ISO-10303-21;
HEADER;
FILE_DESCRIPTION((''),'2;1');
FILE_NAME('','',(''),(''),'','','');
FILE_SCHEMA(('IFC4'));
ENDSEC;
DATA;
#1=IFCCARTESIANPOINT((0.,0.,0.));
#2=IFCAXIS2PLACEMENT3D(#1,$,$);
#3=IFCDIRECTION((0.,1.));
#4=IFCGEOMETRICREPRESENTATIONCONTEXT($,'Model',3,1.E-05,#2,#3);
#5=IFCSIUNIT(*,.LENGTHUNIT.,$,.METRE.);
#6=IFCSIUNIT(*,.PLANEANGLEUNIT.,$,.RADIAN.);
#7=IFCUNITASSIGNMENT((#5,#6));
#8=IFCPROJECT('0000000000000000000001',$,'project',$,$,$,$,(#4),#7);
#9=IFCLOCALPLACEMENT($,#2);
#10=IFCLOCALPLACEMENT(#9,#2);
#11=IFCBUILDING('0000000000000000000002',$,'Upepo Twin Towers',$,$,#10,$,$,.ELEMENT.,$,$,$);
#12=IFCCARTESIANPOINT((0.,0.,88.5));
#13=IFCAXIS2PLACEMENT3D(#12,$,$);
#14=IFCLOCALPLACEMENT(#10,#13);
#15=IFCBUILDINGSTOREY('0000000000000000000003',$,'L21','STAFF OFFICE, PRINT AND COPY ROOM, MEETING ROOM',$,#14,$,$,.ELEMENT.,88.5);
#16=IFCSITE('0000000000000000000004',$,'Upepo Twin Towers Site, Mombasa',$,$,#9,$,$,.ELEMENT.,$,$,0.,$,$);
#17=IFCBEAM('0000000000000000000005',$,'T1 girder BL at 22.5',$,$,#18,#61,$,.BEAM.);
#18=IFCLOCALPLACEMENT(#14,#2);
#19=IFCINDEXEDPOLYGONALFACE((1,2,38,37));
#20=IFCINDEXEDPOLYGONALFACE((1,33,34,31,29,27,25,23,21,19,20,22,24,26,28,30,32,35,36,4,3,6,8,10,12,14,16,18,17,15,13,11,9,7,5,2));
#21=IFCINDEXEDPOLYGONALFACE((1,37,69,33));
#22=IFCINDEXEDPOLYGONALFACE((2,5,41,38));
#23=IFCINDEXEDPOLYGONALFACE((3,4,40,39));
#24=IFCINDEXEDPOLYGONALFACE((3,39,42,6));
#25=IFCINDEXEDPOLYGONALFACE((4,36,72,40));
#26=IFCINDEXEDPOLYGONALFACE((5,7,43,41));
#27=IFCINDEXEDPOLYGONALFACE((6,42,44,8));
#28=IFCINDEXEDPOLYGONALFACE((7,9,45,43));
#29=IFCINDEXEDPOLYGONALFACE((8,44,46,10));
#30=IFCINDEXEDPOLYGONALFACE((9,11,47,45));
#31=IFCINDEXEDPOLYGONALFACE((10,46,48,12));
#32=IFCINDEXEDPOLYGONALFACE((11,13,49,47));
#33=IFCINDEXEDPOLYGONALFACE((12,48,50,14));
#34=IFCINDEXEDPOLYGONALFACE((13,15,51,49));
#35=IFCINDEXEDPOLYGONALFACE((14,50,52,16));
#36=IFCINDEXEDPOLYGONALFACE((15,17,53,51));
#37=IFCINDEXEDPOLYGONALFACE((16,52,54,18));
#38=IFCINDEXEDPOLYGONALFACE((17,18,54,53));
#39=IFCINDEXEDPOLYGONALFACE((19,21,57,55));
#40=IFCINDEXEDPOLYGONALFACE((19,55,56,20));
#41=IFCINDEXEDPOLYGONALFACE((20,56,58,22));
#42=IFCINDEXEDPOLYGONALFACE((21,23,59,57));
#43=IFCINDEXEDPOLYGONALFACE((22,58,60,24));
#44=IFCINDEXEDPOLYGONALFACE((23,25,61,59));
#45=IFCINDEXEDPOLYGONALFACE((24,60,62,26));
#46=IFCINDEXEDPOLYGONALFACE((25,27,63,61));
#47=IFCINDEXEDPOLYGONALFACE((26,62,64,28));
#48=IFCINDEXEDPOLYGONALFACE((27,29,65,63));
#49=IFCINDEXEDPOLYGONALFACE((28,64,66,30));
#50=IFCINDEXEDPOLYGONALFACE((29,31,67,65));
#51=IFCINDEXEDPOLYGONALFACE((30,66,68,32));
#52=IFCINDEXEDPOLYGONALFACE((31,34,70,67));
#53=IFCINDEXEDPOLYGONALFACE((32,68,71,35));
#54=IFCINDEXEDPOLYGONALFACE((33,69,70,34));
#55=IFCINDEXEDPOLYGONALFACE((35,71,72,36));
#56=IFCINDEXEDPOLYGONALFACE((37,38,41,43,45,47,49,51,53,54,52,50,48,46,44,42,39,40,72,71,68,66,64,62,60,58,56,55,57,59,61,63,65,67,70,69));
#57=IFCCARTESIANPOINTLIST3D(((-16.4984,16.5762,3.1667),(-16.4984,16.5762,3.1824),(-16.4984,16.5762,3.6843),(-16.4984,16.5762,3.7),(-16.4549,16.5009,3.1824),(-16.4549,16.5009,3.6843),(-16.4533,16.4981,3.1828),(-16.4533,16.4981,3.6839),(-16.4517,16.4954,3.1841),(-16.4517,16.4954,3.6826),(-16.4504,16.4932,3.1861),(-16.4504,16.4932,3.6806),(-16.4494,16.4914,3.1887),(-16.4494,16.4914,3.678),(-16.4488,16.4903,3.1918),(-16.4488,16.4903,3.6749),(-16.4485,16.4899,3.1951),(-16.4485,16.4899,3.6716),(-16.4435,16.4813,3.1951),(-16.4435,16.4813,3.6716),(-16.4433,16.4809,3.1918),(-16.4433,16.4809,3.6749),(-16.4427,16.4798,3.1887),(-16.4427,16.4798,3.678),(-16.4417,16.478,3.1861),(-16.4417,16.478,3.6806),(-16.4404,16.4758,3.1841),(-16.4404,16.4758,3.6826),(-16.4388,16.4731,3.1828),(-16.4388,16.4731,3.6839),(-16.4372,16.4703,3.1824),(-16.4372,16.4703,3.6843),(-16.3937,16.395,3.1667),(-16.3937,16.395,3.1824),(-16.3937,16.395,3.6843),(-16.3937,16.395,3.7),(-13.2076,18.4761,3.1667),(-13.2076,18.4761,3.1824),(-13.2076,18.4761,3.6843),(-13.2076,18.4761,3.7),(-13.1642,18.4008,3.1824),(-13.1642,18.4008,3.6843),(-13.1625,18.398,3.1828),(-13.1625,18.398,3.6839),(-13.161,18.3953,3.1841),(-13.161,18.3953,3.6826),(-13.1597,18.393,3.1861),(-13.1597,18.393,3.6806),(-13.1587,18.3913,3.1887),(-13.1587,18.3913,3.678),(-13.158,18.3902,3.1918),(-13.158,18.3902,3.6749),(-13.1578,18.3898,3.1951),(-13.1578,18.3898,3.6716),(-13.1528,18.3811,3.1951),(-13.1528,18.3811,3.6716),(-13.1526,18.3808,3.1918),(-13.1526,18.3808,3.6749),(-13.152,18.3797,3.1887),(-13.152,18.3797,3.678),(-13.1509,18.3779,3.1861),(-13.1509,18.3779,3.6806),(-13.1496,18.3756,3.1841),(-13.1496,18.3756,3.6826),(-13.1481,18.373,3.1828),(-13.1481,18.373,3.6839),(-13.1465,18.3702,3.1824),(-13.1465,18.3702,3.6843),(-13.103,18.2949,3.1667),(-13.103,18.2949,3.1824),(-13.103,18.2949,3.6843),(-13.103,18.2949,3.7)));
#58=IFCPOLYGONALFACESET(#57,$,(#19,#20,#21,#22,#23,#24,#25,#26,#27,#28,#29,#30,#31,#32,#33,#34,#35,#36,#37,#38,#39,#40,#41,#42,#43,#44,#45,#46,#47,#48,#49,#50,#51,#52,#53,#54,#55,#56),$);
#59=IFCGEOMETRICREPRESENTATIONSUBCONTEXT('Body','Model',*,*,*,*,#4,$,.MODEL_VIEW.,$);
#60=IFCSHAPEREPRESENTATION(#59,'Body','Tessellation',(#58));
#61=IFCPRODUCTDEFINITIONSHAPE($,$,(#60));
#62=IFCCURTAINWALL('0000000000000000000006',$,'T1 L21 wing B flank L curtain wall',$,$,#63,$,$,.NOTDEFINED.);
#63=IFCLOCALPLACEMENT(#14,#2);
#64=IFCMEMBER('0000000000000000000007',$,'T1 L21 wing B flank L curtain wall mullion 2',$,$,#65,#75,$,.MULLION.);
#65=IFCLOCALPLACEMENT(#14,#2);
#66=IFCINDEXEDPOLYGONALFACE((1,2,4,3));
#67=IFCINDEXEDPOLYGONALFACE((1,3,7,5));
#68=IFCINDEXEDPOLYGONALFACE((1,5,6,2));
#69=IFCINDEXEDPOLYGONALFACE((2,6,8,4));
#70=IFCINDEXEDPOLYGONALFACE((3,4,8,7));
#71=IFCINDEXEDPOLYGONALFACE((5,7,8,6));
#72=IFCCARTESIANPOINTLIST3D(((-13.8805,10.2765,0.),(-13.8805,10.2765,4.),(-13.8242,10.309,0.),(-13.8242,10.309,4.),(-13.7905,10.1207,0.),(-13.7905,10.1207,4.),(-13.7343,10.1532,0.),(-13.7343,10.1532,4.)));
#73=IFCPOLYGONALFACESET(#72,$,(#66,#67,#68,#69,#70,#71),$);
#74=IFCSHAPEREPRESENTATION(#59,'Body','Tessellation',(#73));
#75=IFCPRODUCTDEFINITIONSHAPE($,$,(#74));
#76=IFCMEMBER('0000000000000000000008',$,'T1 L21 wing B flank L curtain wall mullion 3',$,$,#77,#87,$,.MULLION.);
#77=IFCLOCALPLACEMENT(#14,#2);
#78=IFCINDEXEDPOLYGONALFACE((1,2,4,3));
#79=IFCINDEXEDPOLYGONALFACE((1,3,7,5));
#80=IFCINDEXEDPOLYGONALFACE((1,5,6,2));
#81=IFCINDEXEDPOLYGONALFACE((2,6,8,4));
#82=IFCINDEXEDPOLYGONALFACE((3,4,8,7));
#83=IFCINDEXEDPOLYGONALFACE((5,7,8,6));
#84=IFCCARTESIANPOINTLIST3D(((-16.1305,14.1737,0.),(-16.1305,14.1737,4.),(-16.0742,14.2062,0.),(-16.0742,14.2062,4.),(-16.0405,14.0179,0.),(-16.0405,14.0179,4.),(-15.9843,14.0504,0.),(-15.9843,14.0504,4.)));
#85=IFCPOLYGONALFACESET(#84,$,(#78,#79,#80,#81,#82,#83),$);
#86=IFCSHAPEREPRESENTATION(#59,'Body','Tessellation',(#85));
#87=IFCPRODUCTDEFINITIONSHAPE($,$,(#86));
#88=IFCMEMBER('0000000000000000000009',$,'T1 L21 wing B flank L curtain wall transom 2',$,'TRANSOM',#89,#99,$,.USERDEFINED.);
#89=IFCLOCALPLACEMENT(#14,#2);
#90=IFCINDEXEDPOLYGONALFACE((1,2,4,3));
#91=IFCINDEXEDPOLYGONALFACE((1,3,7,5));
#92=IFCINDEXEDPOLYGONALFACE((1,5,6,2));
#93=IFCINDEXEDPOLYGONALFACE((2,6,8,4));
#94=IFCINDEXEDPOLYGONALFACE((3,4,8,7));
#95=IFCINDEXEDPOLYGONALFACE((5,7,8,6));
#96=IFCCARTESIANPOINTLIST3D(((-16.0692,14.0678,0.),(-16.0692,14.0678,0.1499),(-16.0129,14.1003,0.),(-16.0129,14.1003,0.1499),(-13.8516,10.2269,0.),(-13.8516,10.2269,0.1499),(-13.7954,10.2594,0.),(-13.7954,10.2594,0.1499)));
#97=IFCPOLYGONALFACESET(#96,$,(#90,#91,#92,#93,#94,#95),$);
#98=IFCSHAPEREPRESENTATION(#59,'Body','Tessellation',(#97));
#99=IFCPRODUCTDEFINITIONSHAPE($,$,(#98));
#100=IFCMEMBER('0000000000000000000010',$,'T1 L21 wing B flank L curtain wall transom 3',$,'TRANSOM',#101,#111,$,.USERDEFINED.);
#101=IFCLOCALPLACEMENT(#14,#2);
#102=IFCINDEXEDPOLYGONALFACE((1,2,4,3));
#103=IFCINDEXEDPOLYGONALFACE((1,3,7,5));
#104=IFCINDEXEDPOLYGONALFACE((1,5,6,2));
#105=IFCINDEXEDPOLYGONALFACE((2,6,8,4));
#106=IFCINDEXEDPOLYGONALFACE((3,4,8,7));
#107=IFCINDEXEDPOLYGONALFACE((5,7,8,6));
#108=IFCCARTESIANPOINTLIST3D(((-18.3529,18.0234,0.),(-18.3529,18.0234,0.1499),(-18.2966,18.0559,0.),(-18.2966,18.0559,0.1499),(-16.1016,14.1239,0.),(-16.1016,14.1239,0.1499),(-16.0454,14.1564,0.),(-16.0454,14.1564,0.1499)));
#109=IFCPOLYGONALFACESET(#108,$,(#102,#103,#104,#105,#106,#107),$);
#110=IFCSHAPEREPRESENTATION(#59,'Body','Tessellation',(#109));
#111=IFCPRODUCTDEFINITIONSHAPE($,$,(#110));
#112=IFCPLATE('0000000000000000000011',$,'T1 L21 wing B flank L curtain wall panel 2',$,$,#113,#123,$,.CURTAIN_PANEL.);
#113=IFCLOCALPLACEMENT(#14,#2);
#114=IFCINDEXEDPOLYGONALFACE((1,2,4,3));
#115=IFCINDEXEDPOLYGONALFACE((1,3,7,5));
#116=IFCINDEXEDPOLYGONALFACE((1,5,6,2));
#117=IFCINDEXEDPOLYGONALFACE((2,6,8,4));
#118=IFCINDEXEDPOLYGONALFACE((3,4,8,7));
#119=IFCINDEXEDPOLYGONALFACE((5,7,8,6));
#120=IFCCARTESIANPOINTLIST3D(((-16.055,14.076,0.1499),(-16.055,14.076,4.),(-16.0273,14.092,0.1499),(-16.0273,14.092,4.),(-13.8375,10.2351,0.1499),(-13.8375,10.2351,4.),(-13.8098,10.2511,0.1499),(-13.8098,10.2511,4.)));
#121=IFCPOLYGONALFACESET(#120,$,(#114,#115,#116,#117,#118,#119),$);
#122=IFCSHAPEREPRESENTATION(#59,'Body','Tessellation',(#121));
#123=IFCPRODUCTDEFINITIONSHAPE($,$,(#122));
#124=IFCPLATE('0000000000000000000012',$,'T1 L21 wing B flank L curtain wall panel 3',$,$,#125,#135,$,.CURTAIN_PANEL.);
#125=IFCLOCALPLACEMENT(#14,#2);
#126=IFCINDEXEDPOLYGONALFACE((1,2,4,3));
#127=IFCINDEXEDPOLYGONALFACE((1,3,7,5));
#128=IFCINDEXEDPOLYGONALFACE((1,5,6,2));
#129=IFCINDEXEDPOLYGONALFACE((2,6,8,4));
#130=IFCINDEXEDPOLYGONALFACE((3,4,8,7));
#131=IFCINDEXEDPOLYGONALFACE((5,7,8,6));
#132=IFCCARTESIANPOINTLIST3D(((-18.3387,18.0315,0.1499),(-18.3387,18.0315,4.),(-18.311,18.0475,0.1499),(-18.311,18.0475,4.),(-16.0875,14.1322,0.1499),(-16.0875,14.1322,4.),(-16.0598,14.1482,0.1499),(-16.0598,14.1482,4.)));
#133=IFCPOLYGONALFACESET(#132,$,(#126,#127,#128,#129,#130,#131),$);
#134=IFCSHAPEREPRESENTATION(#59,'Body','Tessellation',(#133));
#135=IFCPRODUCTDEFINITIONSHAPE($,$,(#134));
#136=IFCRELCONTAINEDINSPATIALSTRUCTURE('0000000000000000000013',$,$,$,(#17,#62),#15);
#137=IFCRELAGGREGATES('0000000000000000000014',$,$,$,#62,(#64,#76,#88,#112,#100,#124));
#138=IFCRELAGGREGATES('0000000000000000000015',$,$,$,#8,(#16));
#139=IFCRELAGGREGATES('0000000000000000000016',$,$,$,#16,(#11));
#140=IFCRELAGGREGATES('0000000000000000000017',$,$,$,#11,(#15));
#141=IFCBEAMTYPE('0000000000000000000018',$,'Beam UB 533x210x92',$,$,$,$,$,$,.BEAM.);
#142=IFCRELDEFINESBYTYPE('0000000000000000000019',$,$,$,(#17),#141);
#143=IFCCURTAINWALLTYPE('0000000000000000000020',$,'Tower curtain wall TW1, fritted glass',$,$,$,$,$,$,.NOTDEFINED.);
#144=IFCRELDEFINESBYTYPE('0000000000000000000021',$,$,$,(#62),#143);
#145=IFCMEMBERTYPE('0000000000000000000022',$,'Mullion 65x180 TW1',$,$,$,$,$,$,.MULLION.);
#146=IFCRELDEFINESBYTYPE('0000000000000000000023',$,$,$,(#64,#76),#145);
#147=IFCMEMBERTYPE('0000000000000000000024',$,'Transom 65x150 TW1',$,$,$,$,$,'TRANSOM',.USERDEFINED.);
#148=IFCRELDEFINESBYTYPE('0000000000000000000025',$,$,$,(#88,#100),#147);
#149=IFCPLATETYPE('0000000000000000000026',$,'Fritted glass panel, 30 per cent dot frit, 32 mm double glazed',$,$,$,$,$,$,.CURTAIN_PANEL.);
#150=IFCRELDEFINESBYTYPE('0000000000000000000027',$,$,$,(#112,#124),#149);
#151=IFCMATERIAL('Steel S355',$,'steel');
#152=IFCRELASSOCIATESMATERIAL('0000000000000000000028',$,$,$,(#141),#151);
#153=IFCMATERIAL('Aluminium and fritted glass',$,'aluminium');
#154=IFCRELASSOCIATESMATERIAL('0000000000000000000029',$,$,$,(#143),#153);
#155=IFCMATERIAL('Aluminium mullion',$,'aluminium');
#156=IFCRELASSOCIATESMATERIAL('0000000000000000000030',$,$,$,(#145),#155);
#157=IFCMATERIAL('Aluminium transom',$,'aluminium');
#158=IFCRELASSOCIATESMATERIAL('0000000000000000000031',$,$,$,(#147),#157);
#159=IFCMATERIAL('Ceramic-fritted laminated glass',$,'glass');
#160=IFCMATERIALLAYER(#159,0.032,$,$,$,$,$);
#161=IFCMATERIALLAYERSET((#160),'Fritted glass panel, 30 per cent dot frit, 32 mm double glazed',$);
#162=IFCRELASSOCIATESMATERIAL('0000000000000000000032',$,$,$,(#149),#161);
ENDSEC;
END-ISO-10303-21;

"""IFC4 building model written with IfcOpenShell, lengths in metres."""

from ifc_helpers import new_model, si_unit, direction, frame, origin, origin_2d, place, context, subcontext, project, spatial, rectangle, i_section, extrude, material, layer, layer_set, material_profile, profile_set, type_object, element, aggregate, save


model = new_model("IFC4")

# Units and contexts
model_context = context("Model", 3, precision=1e-05, world=origin(), true_north=direction((0.0, 1.0)))
body_context = subcontext(model_context, "Body", "Model", "MODEL_VIEW")
ifc_project = project(units=[si_unit("LENGTHUNIT", "METRE"), si_unit("PLANEANGLEUNIT", "RADIAN")], contexts=[model_context])

# Site, building, storey
site_placement = place(None, origin())
site = spatial("IfcSite", under=ifc_project, at=site_placement, Name="Upepo Twin Towers Site, Mombasa", CompositionType="ELEMENT", RefElevation=0.0)
building_placement = place(site_placement, origin())
building = spatial("IfcBuilding", under=site, at=building_placement, Name="Upepo Twin Towers", CompositionType="ELEMENT")
storey_placement = place(building_placement, frame((0.0, 0.0, 88.5)))
storey = spatial("IfcBuildingStorey", under=building, at=storey_placement, Name="L21", Description="STAFF OFFICE, PRINT AND COPY ROOM, MEETING ROOM", CompositionType="ELEMENT", Elevation=88.5)

# Beam
ifc_material_1 = material(Name="Steel S355", Category="steel")
ifc_material_profile_1 = material_profile(ifc_material_1, i_section(OverallWidth=0.2092, OverallDepth=0.5332, WebThickness=0.01, FlangeThickness=0.0156, FilletRadius=0.0127, at=origin_2d()), Name="UB 533x210x92")
ifc_profile_set_1 = profile_set([ifc_material_profile_1], Name="Steel S355")
beam_type_1 = type_object("IfcBeamType", Name="Beam UB 533x210x92", PredefinedType="BEAM", material=ifc_profile_set_1)
beam_1_placement = place(storey_placement, frame((-16.446, 16.4856, 3.4333), z_axis=(0.866028, 0.499995, 0.0), x_axis=(-0.499995, 0.866028, 0.0)))
element("IfcBeam", 1, at=beam_1_placement, inside=storey, type_object=beam_type_1, Name="T1 girder BL at 22.5", PredefinedType="BEAM", context=body_context, shape_type="SweptSolid", body=[
    extrude(i_section(OverallWidth=0.2092, OverallDepth=0.5332, WebThickness=0.01, FlangeThickness=0.0156, FilletRadius=0.0127, at=origin_2d()), origin(), (0.0, 0.0, 1.0), 3.7998),
])

# Curtain wall, members, plates
ifc_material_2 = material(Name="Aluminium and fritted glass", Category="aluminium")
curtain_wall_type = type_object("IfcCurtainWallType", Name="Tower curtain wall TW1, fritted glass", PredefinedType="NOTDEFINED", material=ifc_material_2)
curtain_wall_placement = place(storey_placement, origin())
curtain_wall = element("IfcCurtainWall", 2, at=curtain_wall_placement, inside=storey, type_object=curtain_wall_type, Name="T1 L21 wing B flank L curtain wall", PredefinedType="NOTDEFINED")
ifc_material_3 = material(Name="Aluminium mullion", Category="aluminium")
ifc_material_profile_2 = material_profile(ifc_material_3, rectangle(XDim=0.0649, YDim=0.1799, at=origin_2d()), Name="MULLION 65x180")
ifc_profile_set_2 = profile_set([ifc_material_profile_2], Name="Aluminium mullion")
member_type_1 = type_object("IfcMemberType", Name="Mullion 65x180 TW1", PredefinedType="MULLION", material=ifc_profile_set_2)
member_1_placement = place(storey_placement, frame((-13.8074, 10.2148, 0.0), z_axis=(0.0, 0.0, 1.0), x_axis=(-0.866025, -0.5, 0.0)))
member_1 = element("IfcMember", 3, at=member_1_placement, type_object=member_type_1, Name="T1 L21 wing B flank L curtain wall mullion 2", PredefinedType="MULLION", context=body_context, shape_type="SweptSolid", body=[
    extrude(rectangle(XDim=0.0649, YDim=0.1799, at=origin_2d()), origin(), (0.0, 0.0, 1.0), 4.0),
])
member_2_placement = place(storey_placement, frame((-16.0574, 14.1121, 0.0), z_axis=(0.0, 0.0, 1.0), x_axis=(-0.866025, -0.5, 0.0)))
member_2 = element("IfcMember", 4, at=member_2_placement, type_object=member_type_1, Name="T1 L21 wing B flank L curtain wall mullion 3", PredefinedType="MULLION", context=body_context, shape_type="SweptSolid", body=[
    extrude(rectangle(XDim=0.0649, YDim=0.1799, at=origin_2d()), origin(), (0.0, 0.0, 1.0), 4.0),
])
ifc_material_4 = material(Name="Aluminium transom", Category="aluminium")
ifc_material_profile_3 = material_profile(ifc_material_4, rectangle(XDim=0.0649, YDim=0.1499, at=origin_2d()), Name="TRANSOM 65x150")
ifc_profile_set_3 = profile_set([ifc_material_profile_3], Name="Aluminium transom")
member_type_2 = type_object("IfcMemberType", Name="Transom 65x150 TW1", ElementType="TRANSOM", PredefinedType="USERDEFINED", material=ifc_profile_set_3)
member_3_placement = place(storey_placement, frame((-13.8235, 10.2432, 0.075), z_axis=(-0.500005, 0.866022, 0.0), x_axis=(-0.866022, -0.500005, 0.0)))
member_3 = element("IfcMember", 5, at=member_3_placement, type_object=member_type_2, Name="T1 L21 wing B flank L curtain wall transom 2", ObjectType="TRANSOM", PredefinedType="USERDEFINED", context=body_context, shape_type="SweptSolid", body=[
    extrude(rectangle(XDim=0.0649, YDim=0.1499, at=origin_2d()), origin(), (0.0, 0.0, 1.0), 4.4351),
])
member_4_placement = place(storey_placement, frame((-16.0735, 14.1401, 0.075), z_axis=(-0.499982, 0.866036, 0.0), x_axis=(-0.866036, -0.499982, 0.0)))
member_4 = element("IfcMember", 6, at=member_4_placement, type_object=member_type_2, Name="T1 L21 wing B flank L curtain wall transom 3", ObjectType="TRANSOM", PredefinedType="USERDEFINED", context=body_context, shape_type="SweptSolid", body=[
    extrude(rectangle(XDim=0.0649, YDim=0.1499, at=origin_2d()), origin(), (0.0, 0.0, 1.0), 4.5027),
])
ifc_material_5 = material(Name="Ceramic-fritted laminated glass", Category="glass")
ifc_layer_1 = layer(ifc_material_5, 0.032)
ifc_layer_set_1 = layer_set([ifc_layer_1], Name="Fritted glass panel, 30 per cent dot frit, 32 mm double glazed")
plate_type = type_object("IfcPlateType", Name="Fritted glass panel, 30 per cent dot frit, 32 mm double glazed", PredefinedType="CURTAIN_PANEL", material=ifc_layer_set_1)
plate_1_placement = place(storey_placement, frame((-14.9324, 12.1636, 0.1499), z_axis=(0.0, 0.0, 1.0), x_axis=(-0.5, 0.866025, 0.0)))
plate_1 = element("IfcPlate", 7, at=plate_1_placement, type_object=plate_type, Name="T1 L21 wing B flank L curtain wall panel 2", PredefinedType="CURTAIN_PANEL", context=body_context, shape_type="SweptSolid", body=[
    extrude(rectangle(XDim=4.4351, YDim=0.032, at=origin_2d()), origin(), (0.0, 0.0, 1.0), 3.8501),
])
plate_2_placement = place(storey_placement, frame((-17.1992, 16.0898, 0.1499), z_axis=(0.0, 0.0, 1.0), x_axis=(-0.5, 0.866025, 0.0)))
plate_2 = element("IfcPlate", 8, at=plate_2_placement, type_object=plate_type, Name="T1 L21 wing B flank L curtain wall panel 3", PredefinedType="CURTAIN_PANEL", context=body_context, shape_type="SweptSolid", body=[
    extrude(rectangle(XDim=4.5024, YDim=0.032, at=origin_2d()), origin(), (0.0, 0.0, 1.0), 3.8501),
])
aggregate(curtain_wall, [member_1, member_2, member_3, plate_1, member_4, plate_2])

save(model, "model.ifc")
